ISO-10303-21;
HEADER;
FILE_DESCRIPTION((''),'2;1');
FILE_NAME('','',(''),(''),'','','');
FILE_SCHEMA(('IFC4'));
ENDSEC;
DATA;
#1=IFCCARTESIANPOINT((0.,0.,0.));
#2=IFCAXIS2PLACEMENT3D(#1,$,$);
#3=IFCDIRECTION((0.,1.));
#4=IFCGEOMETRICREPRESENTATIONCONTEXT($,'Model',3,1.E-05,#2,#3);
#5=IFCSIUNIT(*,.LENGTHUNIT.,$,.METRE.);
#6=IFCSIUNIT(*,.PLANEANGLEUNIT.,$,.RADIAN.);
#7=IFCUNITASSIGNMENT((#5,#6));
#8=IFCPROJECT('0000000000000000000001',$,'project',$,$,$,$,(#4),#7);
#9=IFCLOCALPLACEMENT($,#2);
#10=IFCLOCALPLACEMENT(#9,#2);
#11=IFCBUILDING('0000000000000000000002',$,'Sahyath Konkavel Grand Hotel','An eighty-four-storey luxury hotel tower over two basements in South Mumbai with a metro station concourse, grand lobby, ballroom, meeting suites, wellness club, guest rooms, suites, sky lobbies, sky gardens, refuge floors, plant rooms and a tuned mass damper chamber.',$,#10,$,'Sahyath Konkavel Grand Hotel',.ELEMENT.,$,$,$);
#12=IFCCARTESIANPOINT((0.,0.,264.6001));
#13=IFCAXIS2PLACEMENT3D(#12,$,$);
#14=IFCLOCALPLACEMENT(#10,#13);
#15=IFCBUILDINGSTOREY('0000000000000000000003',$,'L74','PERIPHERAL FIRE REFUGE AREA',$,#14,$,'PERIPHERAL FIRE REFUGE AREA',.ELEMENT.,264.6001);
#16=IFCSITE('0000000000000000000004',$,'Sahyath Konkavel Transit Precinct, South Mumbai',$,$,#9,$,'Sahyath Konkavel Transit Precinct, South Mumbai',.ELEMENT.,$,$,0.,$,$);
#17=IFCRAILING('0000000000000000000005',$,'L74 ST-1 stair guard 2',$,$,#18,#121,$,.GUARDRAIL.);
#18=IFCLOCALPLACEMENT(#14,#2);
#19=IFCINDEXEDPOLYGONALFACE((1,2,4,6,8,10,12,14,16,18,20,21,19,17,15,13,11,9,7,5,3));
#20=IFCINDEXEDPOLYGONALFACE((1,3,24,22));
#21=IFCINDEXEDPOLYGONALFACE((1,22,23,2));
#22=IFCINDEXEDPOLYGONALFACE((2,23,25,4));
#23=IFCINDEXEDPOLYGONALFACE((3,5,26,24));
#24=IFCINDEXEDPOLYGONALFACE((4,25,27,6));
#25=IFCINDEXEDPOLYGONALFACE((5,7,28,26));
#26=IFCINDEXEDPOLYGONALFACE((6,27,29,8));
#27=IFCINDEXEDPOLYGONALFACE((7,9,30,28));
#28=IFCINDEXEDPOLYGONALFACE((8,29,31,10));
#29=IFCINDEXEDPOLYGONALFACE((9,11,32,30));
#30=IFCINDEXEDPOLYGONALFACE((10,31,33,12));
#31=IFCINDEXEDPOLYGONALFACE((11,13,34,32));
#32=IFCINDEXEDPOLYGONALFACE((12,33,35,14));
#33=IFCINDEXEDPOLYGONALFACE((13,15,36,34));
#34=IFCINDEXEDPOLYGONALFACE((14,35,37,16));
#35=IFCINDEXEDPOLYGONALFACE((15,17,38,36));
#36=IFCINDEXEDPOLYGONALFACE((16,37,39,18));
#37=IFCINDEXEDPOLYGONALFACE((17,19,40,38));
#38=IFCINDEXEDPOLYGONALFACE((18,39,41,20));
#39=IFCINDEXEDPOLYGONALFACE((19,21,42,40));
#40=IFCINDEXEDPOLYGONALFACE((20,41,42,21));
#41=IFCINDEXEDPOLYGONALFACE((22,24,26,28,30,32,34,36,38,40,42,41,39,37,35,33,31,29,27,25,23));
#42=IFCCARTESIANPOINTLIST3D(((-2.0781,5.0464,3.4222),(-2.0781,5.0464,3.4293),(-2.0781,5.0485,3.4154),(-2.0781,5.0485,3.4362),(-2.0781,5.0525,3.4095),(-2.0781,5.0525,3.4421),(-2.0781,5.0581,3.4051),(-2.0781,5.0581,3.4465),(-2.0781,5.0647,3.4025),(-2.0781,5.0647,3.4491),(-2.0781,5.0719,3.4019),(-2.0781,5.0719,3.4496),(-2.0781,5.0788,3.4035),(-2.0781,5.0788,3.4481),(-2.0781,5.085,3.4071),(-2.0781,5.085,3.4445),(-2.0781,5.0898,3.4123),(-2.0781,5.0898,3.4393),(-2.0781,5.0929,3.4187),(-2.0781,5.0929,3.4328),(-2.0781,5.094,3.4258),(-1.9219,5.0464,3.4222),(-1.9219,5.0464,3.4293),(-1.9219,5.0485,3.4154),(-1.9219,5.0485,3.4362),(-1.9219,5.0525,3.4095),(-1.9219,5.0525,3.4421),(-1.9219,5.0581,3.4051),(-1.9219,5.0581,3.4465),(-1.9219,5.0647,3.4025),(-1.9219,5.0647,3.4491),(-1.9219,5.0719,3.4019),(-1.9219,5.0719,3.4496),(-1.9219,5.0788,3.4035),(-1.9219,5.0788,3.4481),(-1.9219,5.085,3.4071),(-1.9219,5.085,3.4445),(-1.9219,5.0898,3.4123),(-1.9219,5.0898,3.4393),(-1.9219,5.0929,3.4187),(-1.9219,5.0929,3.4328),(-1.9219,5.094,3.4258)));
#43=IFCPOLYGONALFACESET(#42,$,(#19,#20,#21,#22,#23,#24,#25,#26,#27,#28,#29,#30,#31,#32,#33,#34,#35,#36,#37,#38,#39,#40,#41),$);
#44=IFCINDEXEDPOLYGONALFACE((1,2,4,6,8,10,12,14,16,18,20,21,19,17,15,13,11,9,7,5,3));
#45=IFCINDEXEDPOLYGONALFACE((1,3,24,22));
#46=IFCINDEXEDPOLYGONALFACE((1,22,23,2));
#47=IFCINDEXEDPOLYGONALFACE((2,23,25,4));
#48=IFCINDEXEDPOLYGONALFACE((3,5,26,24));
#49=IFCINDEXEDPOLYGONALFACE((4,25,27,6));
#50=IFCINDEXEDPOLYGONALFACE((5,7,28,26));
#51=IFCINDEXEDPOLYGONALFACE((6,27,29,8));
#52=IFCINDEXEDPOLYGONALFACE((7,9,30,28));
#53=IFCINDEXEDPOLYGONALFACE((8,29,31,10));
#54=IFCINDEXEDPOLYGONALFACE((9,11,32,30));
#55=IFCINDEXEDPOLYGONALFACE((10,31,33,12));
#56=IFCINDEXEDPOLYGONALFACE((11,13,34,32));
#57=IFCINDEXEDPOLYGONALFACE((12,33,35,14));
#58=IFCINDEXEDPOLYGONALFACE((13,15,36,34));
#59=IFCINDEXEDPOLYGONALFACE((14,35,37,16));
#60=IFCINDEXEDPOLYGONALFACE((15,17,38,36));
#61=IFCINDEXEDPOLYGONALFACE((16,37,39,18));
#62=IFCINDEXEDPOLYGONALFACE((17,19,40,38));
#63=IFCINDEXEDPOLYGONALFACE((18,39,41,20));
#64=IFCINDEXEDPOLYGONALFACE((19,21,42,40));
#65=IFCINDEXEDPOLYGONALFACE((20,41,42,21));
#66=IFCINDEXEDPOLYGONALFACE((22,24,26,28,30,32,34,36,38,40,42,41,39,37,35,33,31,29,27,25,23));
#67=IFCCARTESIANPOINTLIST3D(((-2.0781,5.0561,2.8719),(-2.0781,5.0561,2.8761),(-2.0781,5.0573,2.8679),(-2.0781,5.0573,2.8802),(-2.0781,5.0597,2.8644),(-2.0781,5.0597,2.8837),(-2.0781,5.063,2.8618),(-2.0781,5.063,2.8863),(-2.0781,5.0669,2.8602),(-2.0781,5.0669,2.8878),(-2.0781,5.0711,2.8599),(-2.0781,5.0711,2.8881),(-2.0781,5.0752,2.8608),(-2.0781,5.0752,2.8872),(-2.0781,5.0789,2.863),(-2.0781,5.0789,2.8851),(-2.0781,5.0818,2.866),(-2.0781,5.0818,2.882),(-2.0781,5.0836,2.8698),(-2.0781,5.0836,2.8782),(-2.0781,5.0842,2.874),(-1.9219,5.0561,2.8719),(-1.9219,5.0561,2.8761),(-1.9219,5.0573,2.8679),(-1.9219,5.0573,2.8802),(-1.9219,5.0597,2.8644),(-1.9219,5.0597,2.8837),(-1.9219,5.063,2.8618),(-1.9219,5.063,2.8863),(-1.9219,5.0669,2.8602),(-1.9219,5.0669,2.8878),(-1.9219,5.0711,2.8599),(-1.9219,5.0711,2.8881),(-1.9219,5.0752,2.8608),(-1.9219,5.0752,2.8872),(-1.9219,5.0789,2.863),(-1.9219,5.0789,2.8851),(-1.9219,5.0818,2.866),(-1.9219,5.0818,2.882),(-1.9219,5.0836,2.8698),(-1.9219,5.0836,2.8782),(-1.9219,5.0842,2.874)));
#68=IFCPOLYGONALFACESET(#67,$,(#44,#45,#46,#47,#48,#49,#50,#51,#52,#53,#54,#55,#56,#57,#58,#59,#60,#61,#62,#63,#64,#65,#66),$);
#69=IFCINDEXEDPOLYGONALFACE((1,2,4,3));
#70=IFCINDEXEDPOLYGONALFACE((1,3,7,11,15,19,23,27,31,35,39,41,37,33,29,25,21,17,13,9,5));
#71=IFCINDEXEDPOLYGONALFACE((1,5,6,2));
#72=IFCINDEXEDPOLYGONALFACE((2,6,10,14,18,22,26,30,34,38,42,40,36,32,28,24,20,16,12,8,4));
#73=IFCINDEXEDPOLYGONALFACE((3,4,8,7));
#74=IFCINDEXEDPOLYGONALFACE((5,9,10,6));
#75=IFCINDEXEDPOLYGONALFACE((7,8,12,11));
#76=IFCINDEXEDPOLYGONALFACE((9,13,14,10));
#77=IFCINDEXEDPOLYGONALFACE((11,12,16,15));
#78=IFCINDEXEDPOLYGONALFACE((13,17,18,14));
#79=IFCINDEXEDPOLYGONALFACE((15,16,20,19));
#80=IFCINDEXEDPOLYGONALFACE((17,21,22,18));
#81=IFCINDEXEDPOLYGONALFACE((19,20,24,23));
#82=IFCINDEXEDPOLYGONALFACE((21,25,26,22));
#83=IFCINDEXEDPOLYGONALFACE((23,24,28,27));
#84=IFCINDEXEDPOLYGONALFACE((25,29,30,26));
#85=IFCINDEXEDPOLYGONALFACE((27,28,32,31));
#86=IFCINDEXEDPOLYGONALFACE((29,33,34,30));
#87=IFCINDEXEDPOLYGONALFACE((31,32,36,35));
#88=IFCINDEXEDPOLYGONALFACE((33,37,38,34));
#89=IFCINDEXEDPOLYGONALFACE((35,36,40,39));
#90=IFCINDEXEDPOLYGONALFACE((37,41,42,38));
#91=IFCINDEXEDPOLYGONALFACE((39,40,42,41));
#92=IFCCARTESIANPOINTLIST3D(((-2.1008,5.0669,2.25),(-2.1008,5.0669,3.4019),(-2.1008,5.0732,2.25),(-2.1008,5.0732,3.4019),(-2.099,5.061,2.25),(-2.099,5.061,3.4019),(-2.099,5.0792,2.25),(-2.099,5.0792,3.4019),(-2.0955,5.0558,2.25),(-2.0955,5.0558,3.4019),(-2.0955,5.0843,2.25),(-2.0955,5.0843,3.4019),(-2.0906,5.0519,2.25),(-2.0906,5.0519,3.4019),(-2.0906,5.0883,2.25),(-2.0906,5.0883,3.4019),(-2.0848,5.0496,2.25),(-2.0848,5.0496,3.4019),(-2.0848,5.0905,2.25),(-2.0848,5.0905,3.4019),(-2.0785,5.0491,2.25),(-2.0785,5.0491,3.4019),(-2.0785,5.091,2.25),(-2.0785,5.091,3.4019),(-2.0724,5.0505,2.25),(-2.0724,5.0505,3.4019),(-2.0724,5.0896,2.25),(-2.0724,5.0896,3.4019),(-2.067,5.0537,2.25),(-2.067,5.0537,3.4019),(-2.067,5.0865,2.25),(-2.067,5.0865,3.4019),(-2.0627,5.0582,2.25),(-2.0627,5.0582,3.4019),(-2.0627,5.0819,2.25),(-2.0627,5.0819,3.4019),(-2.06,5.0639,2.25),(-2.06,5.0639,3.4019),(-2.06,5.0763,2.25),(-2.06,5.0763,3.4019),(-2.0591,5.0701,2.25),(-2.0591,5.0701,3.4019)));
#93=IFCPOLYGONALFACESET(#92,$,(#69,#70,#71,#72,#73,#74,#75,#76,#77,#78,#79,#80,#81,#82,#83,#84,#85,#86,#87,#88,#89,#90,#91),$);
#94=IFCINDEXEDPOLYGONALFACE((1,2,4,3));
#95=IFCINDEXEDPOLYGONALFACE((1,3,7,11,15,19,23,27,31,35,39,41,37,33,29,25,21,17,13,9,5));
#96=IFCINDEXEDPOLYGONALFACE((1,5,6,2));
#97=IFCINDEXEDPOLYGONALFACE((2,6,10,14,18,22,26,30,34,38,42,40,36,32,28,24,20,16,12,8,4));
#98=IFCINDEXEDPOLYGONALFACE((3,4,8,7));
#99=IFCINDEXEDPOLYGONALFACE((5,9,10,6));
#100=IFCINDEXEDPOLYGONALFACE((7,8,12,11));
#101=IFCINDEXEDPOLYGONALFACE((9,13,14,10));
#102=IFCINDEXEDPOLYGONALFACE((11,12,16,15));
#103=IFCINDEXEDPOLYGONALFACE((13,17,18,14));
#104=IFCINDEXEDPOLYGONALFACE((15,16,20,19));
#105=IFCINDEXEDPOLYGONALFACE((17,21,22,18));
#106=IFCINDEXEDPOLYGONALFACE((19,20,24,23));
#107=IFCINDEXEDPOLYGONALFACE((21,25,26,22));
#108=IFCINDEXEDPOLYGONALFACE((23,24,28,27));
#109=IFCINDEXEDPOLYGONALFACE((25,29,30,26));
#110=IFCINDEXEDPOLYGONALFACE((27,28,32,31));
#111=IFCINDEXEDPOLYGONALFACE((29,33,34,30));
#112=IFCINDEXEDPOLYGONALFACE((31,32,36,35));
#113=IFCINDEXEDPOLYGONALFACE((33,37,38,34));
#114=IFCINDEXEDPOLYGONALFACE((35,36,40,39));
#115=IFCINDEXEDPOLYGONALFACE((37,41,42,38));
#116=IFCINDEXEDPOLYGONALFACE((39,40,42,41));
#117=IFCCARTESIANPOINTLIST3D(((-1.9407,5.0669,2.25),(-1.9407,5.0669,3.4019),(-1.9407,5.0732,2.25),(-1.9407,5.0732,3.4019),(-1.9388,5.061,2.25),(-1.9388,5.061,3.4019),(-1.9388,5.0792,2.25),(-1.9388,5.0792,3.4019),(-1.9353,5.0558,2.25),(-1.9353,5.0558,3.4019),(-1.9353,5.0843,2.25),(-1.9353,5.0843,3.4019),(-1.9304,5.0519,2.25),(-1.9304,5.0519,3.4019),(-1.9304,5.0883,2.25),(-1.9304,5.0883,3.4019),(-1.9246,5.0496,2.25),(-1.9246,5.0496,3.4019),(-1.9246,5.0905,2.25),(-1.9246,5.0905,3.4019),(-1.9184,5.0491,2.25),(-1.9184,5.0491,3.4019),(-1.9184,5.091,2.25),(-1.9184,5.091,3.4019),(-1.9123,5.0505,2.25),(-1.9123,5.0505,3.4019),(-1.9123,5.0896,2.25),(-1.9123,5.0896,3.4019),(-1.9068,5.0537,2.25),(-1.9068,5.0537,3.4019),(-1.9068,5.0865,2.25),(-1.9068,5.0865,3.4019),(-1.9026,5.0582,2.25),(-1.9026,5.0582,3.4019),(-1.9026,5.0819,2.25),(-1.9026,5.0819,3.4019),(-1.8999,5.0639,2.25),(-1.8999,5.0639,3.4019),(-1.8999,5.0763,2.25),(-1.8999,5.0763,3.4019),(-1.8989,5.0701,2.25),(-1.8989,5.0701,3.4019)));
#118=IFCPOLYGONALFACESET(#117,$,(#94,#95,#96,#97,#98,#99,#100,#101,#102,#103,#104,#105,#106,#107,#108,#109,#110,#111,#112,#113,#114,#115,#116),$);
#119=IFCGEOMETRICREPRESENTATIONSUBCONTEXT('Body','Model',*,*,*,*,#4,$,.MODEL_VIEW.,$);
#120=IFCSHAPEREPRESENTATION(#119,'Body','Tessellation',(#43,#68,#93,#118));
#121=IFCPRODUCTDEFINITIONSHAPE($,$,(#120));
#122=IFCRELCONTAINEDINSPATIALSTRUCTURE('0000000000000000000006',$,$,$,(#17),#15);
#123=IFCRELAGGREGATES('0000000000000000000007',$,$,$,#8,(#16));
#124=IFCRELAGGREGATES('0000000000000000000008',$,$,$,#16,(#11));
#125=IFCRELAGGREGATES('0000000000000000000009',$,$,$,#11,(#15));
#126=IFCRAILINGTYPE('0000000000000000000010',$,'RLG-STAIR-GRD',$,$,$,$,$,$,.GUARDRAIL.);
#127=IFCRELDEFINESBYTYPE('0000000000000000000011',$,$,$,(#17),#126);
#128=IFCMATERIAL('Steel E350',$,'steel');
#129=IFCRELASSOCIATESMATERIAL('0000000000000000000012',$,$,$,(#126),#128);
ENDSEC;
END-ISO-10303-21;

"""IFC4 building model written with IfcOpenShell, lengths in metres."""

from ifc_helpers import new_model, si_unit, direction, frame, origin, origin_2d, place, context, subcontext, project, spatial, circle, extrude, material, type_object, element, save


model = new_model("IFC4")

# Units and contexts
model_context = context("Model", 3, precision=1e-05, world=origin(), true_north=direction((0.0, 1.0)))
body_context = subcontext(model_context, "Body", "Model", "MODEL_VIEW")
ifc_project = project(units=[si_unit("LENGTHUNIT", "METRE"), si_unit("PLANEANGLEUNIT", "RADIAN")], contexts=[model_context])

# Site, building, storey
site_placement = place(None, origin())
site = spatial("IfcSite", under=ifc_project, at=site_placement, Name="Sahyath Konkavel Transit Precinct, South Mumbai", LongName="Sahyath Konkavel Transit Precinct, South Mumbai", CompositionType="ELEMENT", RefElevation=0.0)
building_placement = place(site_placement, origin())
building = spatial("IfcBuilding", under=site, at=building_placement, Name="Sahyath Konkavel Grand Hotel", Description="An eighty-four-storey luxury hotel tower over two basements in South Mumbai with a metro station concourse, grand lobby, ballroom, meeting suites, wellness club, guest rooms, suites, sky lobbies, sky gardens, refuge floors, plant rooms and a tuned mass damper chamber.", LongName="Sahyath Konkavel Grand Hotel", CompositionType="ELEMENT")
storey_placement = place(building_placement, frame((0.0, 0.0, 264.6001)))
storey = spatial("IfcBuildingStorey", under=building, at=storey_placement, Name="L74", Description="PERIPHERAL FIRE REFUGE AREA", LongName="PERIPHERAL FIRE REFUGE AREA", CompositionType="ELEMENT", Elevation=264.6001)

# Shared definitions
ifc_material_1 = material(Name="Steel E350", Category="steel")

# Railing
railing_type_1 = type_object("IfcRailingType", Name="RLG-STAIR-GRD", PredefinedType="GUARDRAIL", material=ifc_material_1)
railing_1_placement = place(storey_placement, frame((-2.0801, 5.0701, 2.25)))
element("IfcRailing", 1, at=railing_1_placement, inside=storey, type_object=railing_type_1, Name="L74 ST-1 stair guard 2", PredefinedType="GUARDRAIL", context=body_context, shape_type="SweptSolid", body=[
    extrude(circle(Radius=0.0239, at=origin_2d()), frame((0.002, 0.0, 1.1758), z_axis=(1.0, 0.0, 0.0), x_axis=(0.0, 1.0, 0.0)), (0.0, 0.0, 1.0), 0.1562),
    extrude(circle(Radius=0.0142, at=origin_2d()), frame((0.002, 0.0, 0.624), z_axis=(1.0, 0.0, 0.0), x_axis=(0.0, 1.0, 0.0)), (0.0, 0.0, 1.0), 0.1562),
    extrude(circle(Radius=0.021, at=origin_2d()), origin(), (0.0, 0.0, 1.0), 1.1519),
    extrude(circle(Radius=0.021, at=origin_2d()), frame((0.1602, 0.0, 0.0)), (0.0, 0.0, 1.0), 1.1519),
])

save(model, "model.ifc")
